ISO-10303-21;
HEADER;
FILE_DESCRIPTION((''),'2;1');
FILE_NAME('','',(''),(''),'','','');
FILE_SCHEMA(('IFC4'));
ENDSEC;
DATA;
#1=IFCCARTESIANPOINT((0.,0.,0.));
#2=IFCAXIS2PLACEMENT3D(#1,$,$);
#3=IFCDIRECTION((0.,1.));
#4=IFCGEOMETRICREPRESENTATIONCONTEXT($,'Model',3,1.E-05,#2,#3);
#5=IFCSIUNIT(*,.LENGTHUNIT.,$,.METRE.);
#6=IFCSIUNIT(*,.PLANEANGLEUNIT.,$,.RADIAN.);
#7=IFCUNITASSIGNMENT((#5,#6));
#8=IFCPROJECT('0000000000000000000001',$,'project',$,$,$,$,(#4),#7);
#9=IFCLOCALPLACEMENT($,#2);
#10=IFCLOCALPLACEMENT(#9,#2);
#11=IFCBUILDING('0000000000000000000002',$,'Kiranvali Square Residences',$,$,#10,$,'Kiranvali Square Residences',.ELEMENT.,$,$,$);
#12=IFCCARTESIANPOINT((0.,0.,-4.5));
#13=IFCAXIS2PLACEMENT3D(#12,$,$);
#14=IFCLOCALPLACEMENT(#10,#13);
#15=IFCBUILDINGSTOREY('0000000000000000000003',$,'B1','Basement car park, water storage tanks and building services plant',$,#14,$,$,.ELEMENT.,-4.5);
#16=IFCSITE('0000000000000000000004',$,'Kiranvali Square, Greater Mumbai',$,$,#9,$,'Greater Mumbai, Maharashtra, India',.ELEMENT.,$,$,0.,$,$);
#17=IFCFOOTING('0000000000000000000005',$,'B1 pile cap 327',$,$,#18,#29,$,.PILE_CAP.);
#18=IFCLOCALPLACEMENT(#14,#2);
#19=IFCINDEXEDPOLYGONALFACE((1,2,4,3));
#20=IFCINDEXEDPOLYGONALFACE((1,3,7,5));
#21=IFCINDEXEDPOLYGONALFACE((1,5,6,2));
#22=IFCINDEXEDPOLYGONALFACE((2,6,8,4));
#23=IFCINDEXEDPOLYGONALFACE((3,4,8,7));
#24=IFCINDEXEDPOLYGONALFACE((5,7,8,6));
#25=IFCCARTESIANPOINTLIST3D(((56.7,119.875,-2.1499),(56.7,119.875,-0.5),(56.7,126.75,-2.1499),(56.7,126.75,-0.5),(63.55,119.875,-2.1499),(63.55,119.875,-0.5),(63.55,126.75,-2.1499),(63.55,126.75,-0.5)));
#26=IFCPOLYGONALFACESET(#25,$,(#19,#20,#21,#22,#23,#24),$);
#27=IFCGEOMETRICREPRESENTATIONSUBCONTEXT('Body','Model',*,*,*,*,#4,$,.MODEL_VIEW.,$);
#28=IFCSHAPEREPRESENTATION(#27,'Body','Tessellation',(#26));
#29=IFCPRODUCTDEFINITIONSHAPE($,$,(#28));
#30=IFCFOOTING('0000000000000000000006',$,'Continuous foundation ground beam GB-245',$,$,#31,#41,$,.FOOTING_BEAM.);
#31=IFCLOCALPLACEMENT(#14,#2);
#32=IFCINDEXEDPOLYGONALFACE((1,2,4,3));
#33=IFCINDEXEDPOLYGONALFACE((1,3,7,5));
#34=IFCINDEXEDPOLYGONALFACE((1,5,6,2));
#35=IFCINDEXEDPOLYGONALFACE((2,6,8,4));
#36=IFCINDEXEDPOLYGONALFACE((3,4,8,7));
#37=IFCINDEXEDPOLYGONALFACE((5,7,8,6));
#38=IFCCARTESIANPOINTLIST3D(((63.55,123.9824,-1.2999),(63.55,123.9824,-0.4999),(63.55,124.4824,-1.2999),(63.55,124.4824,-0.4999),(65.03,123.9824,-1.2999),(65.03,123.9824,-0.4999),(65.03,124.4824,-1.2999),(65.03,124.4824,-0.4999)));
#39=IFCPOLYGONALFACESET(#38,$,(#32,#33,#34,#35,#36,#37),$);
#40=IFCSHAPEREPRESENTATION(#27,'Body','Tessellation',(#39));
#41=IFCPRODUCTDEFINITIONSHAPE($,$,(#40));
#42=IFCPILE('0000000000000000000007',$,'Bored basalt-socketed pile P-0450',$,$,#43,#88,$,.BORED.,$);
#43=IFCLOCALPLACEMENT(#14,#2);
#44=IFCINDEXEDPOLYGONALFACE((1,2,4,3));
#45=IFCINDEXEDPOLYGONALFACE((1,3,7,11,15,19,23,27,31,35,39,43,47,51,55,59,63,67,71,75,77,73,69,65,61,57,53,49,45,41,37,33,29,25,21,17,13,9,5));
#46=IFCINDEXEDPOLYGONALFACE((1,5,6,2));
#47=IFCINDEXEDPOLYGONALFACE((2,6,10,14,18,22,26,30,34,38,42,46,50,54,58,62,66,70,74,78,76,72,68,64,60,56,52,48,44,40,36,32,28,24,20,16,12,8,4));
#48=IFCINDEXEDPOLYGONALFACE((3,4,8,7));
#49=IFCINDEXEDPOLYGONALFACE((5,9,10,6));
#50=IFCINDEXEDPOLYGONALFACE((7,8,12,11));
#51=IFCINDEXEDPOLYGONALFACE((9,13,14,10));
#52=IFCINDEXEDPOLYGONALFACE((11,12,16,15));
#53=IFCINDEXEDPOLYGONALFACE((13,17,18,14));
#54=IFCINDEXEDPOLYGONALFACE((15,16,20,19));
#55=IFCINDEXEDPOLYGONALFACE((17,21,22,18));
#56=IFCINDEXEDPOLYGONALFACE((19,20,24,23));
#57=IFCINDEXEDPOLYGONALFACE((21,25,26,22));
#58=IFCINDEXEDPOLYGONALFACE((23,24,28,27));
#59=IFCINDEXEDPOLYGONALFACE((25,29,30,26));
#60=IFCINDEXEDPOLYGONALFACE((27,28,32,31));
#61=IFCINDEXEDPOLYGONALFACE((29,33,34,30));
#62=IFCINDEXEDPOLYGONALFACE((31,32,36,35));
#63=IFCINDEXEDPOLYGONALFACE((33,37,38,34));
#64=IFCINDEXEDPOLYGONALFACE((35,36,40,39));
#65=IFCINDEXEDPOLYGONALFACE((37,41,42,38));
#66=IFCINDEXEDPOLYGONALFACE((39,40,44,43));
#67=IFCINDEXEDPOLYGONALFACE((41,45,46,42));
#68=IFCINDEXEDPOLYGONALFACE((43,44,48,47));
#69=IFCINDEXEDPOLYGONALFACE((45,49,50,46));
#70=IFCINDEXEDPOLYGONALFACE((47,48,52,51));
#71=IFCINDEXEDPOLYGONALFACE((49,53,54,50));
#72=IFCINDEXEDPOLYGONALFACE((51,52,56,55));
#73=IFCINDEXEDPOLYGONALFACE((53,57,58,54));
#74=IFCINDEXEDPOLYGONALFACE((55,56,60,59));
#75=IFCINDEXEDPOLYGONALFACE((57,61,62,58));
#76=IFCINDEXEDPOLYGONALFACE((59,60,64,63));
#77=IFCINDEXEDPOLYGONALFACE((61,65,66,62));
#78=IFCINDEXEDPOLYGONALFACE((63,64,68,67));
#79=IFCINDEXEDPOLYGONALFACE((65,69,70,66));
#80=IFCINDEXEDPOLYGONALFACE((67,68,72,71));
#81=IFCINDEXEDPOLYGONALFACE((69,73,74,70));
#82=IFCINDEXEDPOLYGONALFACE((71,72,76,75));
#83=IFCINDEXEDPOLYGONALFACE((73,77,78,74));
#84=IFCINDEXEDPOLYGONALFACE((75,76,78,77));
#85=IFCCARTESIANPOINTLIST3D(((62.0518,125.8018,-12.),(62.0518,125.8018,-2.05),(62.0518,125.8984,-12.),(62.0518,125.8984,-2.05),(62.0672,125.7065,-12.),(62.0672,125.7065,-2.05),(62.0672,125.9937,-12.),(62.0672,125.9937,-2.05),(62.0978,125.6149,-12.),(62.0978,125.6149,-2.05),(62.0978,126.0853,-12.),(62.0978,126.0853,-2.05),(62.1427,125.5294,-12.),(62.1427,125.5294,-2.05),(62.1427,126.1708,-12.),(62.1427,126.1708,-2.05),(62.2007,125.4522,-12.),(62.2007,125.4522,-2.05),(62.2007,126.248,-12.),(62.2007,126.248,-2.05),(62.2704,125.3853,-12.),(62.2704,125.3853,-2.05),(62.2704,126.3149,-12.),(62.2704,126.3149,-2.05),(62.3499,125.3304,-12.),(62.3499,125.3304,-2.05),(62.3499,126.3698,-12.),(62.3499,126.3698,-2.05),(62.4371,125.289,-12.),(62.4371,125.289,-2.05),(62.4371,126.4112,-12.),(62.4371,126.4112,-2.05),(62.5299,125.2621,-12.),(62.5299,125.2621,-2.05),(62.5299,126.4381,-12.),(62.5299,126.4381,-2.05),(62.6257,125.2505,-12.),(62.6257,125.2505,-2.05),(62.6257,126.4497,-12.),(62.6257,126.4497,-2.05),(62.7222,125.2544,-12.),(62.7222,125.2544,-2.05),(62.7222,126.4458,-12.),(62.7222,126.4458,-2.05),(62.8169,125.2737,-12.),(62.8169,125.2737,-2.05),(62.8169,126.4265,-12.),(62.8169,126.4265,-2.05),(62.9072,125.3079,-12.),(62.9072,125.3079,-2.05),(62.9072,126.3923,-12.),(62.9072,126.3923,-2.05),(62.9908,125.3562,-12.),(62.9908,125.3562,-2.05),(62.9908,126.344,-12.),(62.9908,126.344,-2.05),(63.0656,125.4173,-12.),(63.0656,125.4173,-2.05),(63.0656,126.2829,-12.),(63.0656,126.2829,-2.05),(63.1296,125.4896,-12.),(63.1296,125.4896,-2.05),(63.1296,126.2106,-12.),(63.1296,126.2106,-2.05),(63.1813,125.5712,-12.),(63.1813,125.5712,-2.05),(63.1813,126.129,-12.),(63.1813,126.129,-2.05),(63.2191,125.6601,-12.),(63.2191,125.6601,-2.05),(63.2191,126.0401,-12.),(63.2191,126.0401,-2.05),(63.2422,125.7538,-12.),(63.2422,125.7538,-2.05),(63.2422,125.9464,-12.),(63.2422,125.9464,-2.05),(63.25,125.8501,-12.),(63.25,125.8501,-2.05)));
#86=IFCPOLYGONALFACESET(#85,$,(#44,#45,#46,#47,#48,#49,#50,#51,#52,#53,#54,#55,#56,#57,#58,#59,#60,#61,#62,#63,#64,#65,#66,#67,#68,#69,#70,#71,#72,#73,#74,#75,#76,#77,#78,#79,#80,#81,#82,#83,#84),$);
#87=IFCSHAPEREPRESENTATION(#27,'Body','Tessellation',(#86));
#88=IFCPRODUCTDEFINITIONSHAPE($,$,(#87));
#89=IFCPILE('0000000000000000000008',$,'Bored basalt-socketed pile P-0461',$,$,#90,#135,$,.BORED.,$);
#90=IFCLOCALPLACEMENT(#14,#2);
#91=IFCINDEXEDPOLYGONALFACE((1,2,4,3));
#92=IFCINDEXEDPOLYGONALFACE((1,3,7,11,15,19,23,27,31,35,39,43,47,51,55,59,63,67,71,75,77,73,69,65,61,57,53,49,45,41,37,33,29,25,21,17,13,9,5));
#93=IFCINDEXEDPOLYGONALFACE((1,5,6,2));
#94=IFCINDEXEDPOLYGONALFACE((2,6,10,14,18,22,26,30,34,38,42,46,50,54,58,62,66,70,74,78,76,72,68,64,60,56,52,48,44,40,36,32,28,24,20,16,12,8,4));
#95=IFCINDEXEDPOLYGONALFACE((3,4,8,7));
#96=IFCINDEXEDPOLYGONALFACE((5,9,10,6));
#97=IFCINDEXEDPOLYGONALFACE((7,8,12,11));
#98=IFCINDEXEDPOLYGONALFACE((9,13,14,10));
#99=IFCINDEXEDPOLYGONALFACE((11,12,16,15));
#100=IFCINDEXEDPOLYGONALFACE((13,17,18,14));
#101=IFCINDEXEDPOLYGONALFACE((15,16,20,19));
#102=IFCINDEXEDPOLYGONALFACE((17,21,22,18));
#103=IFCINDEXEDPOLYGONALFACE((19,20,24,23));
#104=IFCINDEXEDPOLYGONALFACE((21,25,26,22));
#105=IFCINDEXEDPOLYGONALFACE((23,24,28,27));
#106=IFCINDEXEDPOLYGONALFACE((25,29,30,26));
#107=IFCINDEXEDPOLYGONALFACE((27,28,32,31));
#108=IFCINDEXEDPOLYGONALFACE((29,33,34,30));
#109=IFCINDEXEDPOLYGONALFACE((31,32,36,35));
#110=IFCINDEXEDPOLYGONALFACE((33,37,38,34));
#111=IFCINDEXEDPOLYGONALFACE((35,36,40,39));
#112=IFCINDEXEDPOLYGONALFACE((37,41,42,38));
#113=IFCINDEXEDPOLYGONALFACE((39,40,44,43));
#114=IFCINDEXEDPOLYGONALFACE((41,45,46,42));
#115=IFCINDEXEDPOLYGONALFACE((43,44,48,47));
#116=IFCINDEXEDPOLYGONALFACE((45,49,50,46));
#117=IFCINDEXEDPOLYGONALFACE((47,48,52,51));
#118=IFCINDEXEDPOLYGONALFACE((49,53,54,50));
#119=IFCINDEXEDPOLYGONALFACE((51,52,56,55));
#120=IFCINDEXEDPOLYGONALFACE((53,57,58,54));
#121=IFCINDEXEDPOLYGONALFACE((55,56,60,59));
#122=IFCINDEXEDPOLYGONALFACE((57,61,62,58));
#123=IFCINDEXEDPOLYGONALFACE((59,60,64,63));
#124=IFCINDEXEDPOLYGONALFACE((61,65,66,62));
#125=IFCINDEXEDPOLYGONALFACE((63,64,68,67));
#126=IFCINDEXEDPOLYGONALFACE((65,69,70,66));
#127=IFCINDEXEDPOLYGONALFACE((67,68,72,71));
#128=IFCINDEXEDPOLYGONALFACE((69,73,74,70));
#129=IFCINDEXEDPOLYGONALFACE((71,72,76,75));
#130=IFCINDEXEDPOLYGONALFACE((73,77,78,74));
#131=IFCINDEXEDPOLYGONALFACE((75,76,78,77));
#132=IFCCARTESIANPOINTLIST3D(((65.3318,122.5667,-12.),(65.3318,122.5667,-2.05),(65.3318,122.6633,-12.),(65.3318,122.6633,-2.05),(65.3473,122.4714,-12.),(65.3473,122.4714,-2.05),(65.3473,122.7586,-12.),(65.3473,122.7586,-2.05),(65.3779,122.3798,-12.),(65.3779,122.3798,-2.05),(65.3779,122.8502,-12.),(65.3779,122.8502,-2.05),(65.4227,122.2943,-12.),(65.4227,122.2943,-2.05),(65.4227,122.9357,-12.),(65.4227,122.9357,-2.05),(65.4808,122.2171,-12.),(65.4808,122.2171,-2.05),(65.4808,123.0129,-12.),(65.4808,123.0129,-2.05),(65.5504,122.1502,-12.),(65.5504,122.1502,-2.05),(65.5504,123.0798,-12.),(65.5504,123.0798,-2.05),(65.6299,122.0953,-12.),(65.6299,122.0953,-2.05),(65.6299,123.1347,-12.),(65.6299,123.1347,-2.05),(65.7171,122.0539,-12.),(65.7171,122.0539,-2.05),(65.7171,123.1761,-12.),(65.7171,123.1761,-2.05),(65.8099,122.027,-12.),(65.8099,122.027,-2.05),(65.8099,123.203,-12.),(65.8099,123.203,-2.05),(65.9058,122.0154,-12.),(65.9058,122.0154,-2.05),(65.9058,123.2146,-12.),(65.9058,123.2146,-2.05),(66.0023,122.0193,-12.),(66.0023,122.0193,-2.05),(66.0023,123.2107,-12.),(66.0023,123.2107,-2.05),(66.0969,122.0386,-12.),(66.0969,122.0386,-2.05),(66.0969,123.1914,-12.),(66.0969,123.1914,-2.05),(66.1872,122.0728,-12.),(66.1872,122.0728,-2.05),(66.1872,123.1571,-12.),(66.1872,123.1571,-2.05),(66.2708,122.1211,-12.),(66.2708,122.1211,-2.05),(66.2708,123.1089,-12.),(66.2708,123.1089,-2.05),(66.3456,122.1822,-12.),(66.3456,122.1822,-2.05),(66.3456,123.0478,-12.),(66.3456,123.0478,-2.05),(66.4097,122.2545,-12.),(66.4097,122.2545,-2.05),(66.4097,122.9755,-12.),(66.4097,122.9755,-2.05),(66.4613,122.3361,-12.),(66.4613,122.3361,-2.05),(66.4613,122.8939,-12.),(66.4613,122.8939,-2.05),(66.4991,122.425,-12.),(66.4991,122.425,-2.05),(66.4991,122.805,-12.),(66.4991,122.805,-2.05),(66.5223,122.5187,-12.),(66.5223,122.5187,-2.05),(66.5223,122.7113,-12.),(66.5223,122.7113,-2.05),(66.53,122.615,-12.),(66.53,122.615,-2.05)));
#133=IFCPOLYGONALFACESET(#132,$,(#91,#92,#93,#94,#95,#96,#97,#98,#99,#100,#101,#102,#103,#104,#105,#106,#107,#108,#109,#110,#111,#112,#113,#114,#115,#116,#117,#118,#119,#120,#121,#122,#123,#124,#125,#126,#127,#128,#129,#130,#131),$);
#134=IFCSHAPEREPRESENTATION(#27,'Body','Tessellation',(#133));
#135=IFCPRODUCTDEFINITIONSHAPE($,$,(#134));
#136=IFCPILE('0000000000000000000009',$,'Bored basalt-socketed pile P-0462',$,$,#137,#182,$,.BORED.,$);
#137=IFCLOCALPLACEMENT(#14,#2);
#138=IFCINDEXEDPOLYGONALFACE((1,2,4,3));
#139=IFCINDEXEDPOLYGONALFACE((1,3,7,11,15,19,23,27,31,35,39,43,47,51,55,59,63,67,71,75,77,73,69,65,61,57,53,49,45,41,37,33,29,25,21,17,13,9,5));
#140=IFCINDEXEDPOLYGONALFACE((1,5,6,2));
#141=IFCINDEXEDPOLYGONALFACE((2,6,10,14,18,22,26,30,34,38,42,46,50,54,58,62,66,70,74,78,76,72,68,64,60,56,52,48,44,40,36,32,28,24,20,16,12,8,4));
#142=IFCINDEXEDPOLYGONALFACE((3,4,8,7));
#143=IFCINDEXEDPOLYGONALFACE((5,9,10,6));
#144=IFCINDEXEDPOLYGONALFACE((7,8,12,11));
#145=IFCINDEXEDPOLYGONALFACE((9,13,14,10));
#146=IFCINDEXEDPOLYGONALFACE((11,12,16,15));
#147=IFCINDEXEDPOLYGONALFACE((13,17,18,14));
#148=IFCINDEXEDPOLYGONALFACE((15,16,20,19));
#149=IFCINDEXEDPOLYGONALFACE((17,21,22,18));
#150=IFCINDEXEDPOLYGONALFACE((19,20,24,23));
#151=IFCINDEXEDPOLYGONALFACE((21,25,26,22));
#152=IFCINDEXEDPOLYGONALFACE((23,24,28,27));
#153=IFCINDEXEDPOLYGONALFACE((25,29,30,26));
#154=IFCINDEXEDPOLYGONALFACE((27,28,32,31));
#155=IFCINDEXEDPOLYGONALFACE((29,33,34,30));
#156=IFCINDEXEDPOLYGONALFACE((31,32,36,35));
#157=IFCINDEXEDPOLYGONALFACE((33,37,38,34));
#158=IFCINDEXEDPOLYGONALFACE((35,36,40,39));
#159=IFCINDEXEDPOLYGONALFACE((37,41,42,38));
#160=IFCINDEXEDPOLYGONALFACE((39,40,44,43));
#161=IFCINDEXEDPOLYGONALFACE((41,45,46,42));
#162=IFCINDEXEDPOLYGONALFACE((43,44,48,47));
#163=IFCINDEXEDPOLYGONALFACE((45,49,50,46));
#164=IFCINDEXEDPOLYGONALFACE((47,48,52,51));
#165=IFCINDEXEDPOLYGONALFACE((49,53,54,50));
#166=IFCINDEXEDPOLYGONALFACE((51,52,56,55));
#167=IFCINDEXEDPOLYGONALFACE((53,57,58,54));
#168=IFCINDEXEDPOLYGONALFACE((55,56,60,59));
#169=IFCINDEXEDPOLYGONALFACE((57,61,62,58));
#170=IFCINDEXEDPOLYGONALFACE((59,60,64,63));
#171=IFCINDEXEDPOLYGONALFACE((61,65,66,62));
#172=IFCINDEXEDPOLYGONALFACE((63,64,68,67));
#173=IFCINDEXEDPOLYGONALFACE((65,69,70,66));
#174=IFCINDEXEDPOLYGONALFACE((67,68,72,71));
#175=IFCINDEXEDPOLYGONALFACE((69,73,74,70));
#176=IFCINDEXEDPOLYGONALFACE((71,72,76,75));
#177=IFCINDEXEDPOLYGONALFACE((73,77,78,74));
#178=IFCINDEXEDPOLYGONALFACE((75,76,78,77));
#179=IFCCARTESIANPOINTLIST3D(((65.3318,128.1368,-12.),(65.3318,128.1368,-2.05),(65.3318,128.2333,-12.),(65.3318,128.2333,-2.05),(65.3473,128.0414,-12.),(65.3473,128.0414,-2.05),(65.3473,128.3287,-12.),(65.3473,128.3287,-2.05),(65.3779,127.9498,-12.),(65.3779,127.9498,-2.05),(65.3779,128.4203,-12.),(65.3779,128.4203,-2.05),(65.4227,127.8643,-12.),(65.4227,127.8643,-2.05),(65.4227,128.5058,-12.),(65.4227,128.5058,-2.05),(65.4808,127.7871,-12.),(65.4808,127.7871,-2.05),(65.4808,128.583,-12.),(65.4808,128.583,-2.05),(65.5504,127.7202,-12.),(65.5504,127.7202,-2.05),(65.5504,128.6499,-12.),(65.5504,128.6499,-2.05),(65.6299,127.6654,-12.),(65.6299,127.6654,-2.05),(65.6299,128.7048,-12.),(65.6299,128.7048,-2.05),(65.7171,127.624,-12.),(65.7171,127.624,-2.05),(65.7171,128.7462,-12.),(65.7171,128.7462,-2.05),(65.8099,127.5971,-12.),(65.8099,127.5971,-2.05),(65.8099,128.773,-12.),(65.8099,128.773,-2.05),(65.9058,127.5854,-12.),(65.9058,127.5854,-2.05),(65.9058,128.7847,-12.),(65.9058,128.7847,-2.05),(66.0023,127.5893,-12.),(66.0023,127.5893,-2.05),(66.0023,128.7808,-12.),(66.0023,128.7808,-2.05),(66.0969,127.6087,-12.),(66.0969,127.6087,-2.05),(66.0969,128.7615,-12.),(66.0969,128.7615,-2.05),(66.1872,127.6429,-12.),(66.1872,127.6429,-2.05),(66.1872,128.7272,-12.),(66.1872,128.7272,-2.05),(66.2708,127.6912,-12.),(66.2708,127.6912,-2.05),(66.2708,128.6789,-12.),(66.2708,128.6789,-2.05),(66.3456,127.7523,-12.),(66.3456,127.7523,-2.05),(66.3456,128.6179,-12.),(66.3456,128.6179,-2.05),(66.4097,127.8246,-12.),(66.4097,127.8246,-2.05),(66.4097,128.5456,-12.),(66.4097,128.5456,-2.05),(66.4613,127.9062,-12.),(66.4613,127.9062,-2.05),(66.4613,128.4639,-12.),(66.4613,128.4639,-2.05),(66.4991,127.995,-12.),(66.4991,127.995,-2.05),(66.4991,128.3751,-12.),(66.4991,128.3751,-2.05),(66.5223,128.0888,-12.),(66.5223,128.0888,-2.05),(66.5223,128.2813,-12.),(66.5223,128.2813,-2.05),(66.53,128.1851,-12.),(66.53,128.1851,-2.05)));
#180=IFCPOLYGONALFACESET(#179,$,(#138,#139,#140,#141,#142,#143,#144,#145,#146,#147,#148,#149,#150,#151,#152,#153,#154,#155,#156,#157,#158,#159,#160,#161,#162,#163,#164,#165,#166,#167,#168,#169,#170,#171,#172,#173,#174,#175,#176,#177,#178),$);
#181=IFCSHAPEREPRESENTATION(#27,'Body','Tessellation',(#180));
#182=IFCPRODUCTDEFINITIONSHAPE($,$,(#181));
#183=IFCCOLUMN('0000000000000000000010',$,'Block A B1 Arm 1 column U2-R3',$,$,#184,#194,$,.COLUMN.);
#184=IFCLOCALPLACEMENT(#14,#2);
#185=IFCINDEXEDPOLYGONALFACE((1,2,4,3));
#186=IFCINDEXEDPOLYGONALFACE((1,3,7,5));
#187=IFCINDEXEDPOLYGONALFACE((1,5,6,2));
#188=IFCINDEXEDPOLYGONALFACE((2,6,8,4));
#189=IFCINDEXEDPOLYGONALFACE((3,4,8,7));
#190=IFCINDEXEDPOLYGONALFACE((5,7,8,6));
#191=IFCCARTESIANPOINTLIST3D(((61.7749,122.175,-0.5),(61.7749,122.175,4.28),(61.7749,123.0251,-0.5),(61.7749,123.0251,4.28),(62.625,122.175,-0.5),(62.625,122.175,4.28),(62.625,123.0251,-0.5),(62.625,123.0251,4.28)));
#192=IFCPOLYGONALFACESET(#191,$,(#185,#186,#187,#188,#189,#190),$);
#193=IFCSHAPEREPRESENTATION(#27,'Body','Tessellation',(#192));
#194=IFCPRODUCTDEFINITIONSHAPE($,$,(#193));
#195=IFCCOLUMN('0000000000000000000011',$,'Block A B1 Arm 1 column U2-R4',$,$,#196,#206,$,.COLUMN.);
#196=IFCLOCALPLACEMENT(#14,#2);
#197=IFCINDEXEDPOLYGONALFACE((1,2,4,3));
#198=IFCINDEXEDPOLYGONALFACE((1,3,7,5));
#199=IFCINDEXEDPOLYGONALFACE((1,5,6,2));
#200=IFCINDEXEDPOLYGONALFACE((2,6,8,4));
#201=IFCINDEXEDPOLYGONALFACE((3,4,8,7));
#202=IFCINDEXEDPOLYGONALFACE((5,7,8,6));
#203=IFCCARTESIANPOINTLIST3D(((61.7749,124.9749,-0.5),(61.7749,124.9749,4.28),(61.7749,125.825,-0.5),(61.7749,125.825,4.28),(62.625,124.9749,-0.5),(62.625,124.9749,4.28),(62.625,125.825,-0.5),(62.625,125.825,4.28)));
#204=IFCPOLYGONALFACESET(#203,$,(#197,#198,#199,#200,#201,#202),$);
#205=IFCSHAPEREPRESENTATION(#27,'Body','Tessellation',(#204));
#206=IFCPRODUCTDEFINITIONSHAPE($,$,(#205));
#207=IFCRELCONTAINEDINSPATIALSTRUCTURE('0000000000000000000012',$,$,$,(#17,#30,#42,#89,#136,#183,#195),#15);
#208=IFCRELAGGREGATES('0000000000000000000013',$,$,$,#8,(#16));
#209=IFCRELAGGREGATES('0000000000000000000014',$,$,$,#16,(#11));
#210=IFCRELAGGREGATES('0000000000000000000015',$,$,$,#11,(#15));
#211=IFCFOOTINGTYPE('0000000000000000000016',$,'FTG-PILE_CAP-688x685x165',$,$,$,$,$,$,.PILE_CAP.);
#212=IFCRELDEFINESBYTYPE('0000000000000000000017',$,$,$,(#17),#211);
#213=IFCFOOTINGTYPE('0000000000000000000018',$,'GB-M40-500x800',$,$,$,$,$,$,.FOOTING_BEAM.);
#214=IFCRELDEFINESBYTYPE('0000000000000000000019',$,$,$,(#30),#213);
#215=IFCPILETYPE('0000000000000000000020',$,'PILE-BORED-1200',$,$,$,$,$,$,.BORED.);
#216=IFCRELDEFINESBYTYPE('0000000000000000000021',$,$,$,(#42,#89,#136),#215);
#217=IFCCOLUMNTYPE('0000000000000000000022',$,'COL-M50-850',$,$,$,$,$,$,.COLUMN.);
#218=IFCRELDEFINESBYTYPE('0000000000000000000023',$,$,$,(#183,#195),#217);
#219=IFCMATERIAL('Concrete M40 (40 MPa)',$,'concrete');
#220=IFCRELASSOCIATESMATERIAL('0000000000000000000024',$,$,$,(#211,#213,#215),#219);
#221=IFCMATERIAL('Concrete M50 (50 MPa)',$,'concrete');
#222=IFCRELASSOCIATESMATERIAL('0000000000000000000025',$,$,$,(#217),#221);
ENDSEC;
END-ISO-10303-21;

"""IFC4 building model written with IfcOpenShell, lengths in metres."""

from ifc_helpers import new_model, si_unit, direction, frame, origin, origin_2d, place, context, subcontext, project, spatial, rectangle, circle, extrude, material, material_profile, profile_set, type_object, element, save


model = new_model("IFC4")

# Units and contexts
model_context = context("Model", 3, precision=1e-05, world=origin(), true_north=direction((0.0, 1.0)))
body_context = subcontext(model_context, "Body", "Model", "MODEL_VIEW")
ifc_project = project(units=[si_unit("LENGTHUNIT", "METRE"), si_unit("PLANEANGLEUNIT", "RADIAN")], contexts=[model_context])

# Site, building, storey
site_placement = place(None, origin())
site = spatial("IfcSite", under=ifc_project, at=site_placement, Name="Kiranvali Square, Greater Mumbai", LongName="Greater Mumbai, Maharashtra, India", CompositionType="ELEMENT", RefElevation=0.0)
building_placement = place(site_placement, origin())
building = spatial("IfcBuilding", under=site, at=building_placement, Name="Kiranvali Square Residences", LongName="Kiranvali Square Residences", CompositionType="ELEMENT")
storey_placement = place(building_placement, frame((0.0, 0.0, -4.5)))
storey = spatial("IfcBuildingStorey", under=building, at=storey_placement, Name="B1", Description="Basement car park, water storage tanks and building services plant", CompositionType="ELEMENT", Elevation=-4.5)

# Footings
ifc_material_1 = material(Name="Concrete M40 (40 MPa)", Category="concrete")
footing_type_1 = type_object("IfcFootingType", Name="FTG-PILE_CAP-688x685x165", PredefinedType="PILE_CAP", material=ifc_material_1)
footing_1_placement = place(storey_placement, frame((60.125, 123.3125, -2.1499), z_axis=(0.0, 0.0, 1.0), x_axis=(0.0, 1.0, 0.0)))
element("IfcFooting", 1, at=footing_1_placement, inside=storey, type_object=footing_type_1, Name="B1 pile cap 327", PredefinedType="PILE_CAP", context=body_context, shape_type="SweptSolid", body=[
    extrude(rectangle(XDim=6.875, YDim=6.8501, at=origin_2d()), origin(), (0.0, 0.0, 1.0), 1.6499),
])
ifc_material_profile_1 = material_profile(ifc_material_1, rectangle(XDim=0.5, YDim=0.8, at=origin_2d()), Name="GB 500x800")
ifc_profile_set_1 = profile_set([ifc_material_profile_1], Name="Concrete M40 (40 MPa)")
footing_type_2 = type_object("IfcFootingType", Name="GB-M40-500x800", PredefinedType="FOOTING_BEAM", material=ifc_profile_set_1)
footing_2_placement = place(storey_placement, frame((63.55, 124.2324, -0.8999), z_axis=(1.0, 0.0, 0.0), x_axis=(0.0, 1.0, 0.0)))
element("IfcFooting", 2, at=footing_2_placement, inside=storey, type_object=footing_type_2, Name="Continuous foundation ground beam GB-245", PredefinedType="FOOTING_BEAM", context=body_context, shape_type="SweptSolid", body=[
    extrude(rectangle(XDim=0.5, YDim=0.8, at=origin_2d()), origin(), (0.0, 0.0, 1.0), 1.48),
])

# Piles
ifc_material_profile_2 = material_profile(ifc_material_1, circle(Radius=0.6001, at=origin_2d()), Name="BORED PILE 1200")
ifc_profile_set_2 = profile_set([ifc_material_profile_2], Name="Concrete M40 (40 MPa)")
pile_type = type_object("IfcPileType", Name="PILE-BORED-1200", PredefinedType="BORED", material=ifc_profile_set_2)
for number, where, z_axis, x_axis, name in (
    (3, (62.6499, 125.8501, -2.05), (0.0, 0.0, -1.0), (1.0, 0.0, 0.0), "Bored basalt-socketed pile P-0450"),
    (4, (65.9299, 122.615, -2.05), (0.0, 0.0, -1.0), (1.0, 0.0, 0.0), "Bored basalt-socketed pile P-0461"),
    (5, (65.9299, 128.1851, -2.05), (0.0, 0.0, -1.0), (1.0, 0.0, 0.0), "Bored basalt-socketed pile P-0462"),
):
    element("IfcPile", number, at=place(storey_placement, frame(where, z_axis=z_axis, x_axis=x_axis)), inside=storey, type_object=pile_type, Name=name, PredefinedType="BORED", context=body_context, shape_type="SweptSolid", body=[
        extrude(circle(Radius=0.6001, at=origin_2d()), origin(), (0.0, 0.0, 1.0), 9.95),
    ])

# Columns
ifc_material_2 = material(Name="Concrete M50 (50 MPa)", Category="concrete")
ifc_material_profile_3 = material_profile(ifc_material_2, rectangle(XDim=0.8501, YDim=0.8501, at=origin_2d()), Name="RC 850x850")
ifc_profile_set_3 = profile_set([ifc_material_profile_3], Name="Concrete M50 (50 MPa)")
column_type = type_object("IfcColumnType", Name="COL-M50-850", PredefinedType="COLUMN", material=ifc_profile_set_3)
for number, where, z_axis, x_axis, name in (
    (6, (62.2, 122.6001, -0.5), (0.0, 0.0, 1.0), (1.0, 0.0, 0.0), "Block A B1 Arm 1 column U2-R3"),
    (7, (62.2, 125.3999, -0.5), (0.0, 0.0, 1.0), (1.0, 0.0, 0.0), "Block A B1 Arm 1 column U2-R4"),
):
    element("IfcColumn", number, at=place(storey_placement, frame(where, z_axis=z_axis, x_axis=x_axis)), inside=storey, type_object=column_type, Name=name, PredefinedType="COLUMN", context=body_context, shape_type="SweptSolid", body=[
        extrude(rectangle(XDim=0.8501, YDim=0.8501, at=origin_2d()), origin(), (0.0, 0.0, 1.0), 4.78),
    ])

save(model, "model.ifc")
